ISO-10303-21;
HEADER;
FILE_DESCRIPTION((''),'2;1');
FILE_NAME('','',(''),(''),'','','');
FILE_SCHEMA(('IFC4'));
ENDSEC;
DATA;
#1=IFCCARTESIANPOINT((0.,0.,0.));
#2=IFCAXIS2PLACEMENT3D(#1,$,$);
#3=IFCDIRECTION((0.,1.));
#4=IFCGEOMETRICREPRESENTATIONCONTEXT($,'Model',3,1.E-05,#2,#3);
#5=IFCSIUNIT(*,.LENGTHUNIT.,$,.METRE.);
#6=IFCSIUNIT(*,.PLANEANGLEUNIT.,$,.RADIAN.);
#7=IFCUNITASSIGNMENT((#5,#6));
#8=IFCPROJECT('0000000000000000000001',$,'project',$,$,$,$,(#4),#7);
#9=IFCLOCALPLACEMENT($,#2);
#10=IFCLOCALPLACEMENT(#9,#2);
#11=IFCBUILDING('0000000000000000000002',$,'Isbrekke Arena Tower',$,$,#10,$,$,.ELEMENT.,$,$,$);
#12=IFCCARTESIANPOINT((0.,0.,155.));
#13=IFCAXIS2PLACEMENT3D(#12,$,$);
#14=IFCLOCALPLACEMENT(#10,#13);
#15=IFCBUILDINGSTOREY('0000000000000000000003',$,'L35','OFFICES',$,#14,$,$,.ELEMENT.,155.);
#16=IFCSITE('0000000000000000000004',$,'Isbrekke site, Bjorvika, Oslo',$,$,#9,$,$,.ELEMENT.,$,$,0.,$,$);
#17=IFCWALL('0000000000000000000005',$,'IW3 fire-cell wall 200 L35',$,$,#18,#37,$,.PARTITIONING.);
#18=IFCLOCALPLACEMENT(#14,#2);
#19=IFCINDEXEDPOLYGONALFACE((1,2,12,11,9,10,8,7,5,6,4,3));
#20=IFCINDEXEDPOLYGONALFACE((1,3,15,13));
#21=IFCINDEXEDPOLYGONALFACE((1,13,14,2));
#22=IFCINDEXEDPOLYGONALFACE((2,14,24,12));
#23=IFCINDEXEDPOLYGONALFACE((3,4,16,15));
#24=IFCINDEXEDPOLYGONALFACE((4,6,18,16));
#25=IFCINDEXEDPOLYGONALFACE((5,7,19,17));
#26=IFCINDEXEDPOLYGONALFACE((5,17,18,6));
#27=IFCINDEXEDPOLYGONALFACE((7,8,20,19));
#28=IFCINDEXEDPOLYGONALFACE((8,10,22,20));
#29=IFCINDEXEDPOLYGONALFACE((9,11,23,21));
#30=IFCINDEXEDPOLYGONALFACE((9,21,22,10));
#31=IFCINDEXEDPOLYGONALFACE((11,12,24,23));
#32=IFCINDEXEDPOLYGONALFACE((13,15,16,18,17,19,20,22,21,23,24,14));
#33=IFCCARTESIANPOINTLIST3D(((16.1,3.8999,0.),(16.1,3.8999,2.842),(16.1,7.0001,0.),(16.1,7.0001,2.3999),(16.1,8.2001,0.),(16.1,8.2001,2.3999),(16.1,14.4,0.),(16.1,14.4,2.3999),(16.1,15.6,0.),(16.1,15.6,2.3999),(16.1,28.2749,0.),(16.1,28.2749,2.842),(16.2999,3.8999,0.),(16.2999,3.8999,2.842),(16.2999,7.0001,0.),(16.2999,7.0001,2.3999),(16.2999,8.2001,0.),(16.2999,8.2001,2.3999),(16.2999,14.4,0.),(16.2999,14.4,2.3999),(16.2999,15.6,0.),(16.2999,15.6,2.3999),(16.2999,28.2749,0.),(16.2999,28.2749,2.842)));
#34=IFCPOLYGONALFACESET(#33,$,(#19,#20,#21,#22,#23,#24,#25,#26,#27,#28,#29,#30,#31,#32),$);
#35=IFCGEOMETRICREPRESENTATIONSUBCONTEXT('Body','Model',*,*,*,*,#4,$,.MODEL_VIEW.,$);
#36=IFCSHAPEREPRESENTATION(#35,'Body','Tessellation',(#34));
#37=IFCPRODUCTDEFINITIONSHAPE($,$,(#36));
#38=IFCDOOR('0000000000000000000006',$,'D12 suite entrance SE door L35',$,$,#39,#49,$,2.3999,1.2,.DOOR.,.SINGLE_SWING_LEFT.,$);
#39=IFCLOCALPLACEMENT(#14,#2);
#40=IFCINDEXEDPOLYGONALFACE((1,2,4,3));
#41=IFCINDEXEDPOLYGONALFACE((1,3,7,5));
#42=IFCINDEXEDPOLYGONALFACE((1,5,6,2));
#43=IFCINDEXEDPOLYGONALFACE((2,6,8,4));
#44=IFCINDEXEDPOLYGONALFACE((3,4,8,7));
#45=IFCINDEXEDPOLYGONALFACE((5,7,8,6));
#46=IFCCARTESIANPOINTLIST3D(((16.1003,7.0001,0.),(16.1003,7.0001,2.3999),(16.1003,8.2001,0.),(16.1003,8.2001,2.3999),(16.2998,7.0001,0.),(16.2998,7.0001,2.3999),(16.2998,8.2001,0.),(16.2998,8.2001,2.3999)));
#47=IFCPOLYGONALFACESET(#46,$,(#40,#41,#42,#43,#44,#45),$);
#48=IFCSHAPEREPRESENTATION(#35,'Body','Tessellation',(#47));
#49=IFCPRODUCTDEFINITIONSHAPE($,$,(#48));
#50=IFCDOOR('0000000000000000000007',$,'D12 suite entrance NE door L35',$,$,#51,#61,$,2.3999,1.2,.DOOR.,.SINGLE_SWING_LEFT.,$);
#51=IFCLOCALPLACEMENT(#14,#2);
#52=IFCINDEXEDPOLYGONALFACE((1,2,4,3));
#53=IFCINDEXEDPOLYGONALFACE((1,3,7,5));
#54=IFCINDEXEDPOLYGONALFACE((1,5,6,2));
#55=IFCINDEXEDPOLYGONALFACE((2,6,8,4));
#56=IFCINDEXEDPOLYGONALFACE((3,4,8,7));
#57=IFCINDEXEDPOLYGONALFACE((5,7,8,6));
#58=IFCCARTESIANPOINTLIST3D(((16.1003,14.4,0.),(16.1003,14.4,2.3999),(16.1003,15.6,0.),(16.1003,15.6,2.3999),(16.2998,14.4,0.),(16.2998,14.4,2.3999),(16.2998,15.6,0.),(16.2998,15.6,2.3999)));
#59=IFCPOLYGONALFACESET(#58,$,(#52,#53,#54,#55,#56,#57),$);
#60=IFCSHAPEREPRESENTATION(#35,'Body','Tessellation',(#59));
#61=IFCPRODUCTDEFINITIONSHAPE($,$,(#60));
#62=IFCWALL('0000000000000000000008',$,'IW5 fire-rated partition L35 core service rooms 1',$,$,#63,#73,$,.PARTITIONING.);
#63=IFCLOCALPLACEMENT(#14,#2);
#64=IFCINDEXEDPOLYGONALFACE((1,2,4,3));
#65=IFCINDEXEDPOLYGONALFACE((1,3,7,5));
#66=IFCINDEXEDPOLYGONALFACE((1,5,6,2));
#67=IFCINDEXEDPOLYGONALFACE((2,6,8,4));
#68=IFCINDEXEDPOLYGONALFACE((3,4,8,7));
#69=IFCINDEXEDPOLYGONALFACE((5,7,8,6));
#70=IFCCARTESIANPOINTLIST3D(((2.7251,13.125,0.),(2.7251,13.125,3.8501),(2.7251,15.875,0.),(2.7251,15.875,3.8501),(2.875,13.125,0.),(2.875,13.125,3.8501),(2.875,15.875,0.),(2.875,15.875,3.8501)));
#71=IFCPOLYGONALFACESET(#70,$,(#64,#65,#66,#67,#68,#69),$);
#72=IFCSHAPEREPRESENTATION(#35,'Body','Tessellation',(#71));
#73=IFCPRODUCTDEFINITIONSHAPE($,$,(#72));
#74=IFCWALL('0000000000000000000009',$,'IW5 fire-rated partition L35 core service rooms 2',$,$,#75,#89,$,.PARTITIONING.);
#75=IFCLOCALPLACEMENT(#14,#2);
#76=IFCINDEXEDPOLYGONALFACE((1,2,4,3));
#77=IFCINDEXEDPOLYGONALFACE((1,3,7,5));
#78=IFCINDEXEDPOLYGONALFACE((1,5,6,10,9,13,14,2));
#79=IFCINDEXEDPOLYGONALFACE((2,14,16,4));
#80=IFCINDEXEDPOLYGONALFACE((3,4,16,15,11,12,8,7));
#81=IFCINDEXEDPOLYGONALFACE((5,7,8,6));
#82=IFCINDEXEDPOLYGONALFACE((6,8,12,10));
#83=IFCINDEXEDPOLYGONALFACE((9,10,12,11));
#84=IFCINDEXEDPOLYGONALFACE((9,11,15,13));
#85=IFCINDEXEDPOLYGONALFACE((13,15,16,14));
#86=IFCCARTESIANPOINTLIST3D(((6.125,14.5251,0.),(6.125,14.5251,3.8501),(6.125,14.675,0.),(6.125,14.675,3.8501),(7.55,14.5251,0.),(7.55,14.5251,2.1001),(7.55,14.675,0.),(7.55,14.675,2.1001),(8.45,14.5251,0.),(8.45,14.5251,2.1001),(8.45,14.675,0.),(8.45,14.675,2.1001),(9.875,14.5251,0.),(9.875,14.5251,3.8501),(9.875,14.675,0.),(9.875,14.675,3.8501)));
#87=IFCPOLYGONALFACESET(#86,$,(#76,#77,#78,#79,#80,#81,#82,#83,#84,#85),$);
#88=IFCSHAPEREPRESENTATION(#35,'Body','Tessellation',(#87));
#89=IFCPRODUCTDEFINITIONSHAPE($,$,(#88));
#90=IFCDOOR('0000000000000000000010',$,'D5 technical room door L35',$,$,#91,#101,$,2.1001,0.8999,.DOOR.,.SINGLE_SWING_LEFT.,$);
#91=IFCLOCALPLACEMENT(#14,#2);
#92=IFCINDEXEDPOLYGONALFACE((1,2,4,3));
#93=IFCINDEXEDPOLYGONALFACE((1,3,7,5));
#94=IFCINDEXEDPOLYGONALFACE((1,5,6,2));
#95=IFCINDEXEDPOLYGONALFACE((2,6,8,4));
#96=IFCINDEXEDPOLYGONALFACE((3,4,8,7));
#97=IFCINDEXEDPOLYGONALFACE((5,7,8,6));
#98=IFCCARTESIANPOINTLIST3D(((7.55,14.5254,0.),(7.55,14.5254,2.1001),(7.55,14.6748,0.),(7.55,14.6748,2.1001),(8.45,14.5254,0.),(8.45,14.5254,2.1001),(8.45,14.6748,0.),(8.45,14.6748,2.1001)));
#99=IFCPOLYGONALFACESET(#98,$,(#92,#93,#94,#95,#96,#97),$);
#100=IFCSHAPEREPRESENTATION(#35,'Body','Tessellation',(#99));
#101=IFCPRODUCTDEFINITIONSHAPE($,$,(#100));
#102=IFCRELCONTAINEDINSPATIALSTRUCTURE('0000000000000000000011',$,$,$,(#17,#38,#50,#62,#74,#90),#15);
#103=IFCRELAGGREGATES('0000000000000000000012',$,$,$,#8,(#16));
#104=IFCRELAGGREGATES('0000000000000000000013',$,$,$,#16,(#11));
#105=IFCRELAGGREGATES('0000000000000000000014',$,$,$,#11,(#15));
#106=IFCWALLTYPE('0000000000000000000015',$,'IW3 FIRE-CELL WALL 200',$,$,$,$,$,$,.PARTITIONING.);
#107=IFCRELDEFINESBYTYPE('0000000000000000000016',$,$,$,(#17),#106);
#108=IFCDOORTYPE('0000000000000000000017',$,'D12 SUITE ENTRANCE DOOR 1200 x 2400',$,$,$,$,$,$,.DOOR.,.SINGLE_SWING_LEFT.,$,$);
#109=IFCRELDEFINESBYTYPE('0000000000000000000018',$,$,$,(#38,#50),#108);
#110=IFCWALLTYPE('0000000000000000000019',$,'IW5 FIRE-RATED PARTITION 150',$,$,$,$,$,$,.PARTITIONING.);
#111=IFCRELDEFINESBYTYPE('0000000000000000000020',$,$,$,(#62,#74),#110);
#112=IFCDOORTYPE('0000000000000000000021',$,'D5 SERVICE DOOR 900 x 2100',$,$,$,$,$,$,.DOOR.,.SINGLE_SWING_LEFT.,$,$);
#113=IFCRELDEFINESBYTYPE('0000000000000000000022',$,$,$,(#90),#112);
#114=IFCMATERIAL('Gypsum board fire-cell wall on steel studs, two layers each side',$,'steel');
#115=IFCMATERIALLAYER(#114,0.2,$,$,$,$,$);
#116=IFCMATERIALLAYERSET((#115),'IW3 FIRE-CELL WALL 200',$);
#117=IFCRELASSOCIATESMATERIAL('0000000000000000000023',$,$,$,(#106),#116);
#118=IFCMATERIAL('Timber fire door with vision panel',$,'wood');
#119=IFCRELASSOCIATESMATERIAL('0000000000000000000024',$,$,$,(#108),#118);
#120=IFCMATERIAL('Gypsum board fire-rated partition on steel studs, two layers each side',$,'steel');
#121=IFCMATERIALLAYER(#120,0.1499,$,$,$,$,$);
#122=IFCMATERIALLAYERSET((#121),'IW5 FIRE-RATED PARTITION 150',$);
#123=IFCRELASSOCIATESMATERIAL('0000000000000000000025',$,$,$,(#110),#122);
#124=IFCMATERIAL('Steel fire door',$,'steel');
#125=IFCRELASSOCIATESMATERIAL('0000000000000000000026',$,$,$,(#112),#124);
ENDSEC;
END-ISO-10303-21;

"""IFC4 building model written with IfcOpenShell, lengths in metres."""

from ifc_helpers import new_model, si_unit, direction, frame, frame_2d, origin, place, context, subcontext, project, spatial, rectangle, extrude, material, layer, layer_set, type_object, element, fill, save


model = new_model("IFC4")

# Units and contexts
model_context = context("Model", 3, precision=1e-05, world=origin(), true_north=direction((0.0, 1.0)))
body_context = subcontext(model_context, "Body", "Model", "MODEL_VIEW")
ifc_project = project(units=[si_unit("LENGTHUNIT", "METRE"), si_unit("PLANEANGLEUNIT", "RADIAN")], contexts=[model_context])

# Site, building, storey
site_placement = place(None, origin())
site = spatial("IfcSite", under=ifc_project, at=site_placement, Name="Isbrekke site, Bjorvika, Oslo", CompositionType="ELEMENT", RefElevation=0.0)
building_placement = place(site_placement, origin())
building = spatial("IfcBuilding", under=site, at=building_placement, Name="Isbrekke Arena Tower", CompositionType="ELEMENT")
storey_placement = place(building_placement, frame((0.0, 0.0, 155.0)))
storey = spatial("IfcBuildingStorey", under=building, at=storey_placement, Name="L35", Description="OFFICES", CompositionType="ELEMENT", Elevation=155.0)

# Shared definitions
ifc_material_1 = material(Name="Gypsum board fire-cell wall on steel studs, two layers each side", Category="steel")
ifc_layer_1 = layer(ifc_material_1, 0.2)
ifc_layer_set_1 = layer_set([ifc_layer_1], Name="IW3 FIRE-CELL WALL 200")
wall_type_1 = type_object("IfcWallType", Name="IW3 FIRE-CELL WALL 200", PredefinedType="PARTITIONING", material=ifc_layer_set_1)

# Wall, openings, doors
wall_1_placement = place(storey_placement, frame((16.2, 3.8999, 0.0), z_axis=(0.0, 0.0, 1.0), x_axis=(0.0, 1.0, 0.0)))
wall_1 = element("IfcWall", 1, at=wall_1_placement, inside=storey, type_object=wall_type_1, Name="IW3 fire-cell wall 200 L35", PredefinedType="PARTITIONING", context=body_context, shape_type="SweptSolid", body=[
    extrude(rectangle(XDim=24.375, YDim=0.2, at=frame_2d((12.1875, 0.0))), origin(), (0.0, 0.0, 1.0), 2.842),
])
opening_1_placement = place(wall_1_placement, frame((3.1001, 0.0, 0.0)))
opening_1 = element("IfcOpeningElement", 2, at=opening_1_placement, cuts=wall_1, PredefinedType="OPENING", context=body_context, shape_type="SweptSolid", body=[
    extrude(rectangle(XDim=1.2, YDim=2.3999, at=frame_2d((0.6001, 1.2))), frame((0.0, 0.1147, 0.0), z_axis=(0.0, -1.0, 0.0), x_axis=(1.0, 0.0, 0.0)), (0.0, 0.0, 1.0), 0.2297),
])
opening_2_placement = place(wall_1_placement, frame((10.5, 0.0, 0.0)))
opening_2 = element("IfcOpeningElement", 3, at=opening_2_placement, cuts=wall_1, PredefinedType="OPENING", context=body_context, shape_type="SweptSolid", body=[
    extrude(rectangle(XDim=1.2, YDim=2.3999, at=frame_2d((0.6001, 1.2))), frame((0.0, 0.1147, 0.0), z_axis=(0.0, -1.0, 0.0), x_axis=(1.0, 0.0, 0.0)), (0.0, 0.0, 1.0), 0.2297),
])
ifc_material_2 = material(Name="Timber fire door with vision panel", Category="wood")
door_type_1 = type_object("IfcDoorType", Name="D12 SUITE ENTRANCE DOOR 1200 x 2400", OperationType="SINGLE_SWING_LEFT", PredefinedType="DOOR", material=ifc_material_2)
door_1_placement = place(opening_1_placement, origin())
door_1 = element("IfcDoor", 4, at=door_1_placement, inside=storey, type_object=door_type_1, Name="D12 suite entrance SE door L35", OperationType="SINGLE_SWING_LEFT", OverallHeight=2.3999, OverallWidth=1.2, PredefinedType="DOOR", context=body_context, shape_type="SweptSolid", body=[
    extrude(rectangle(XDim=1.2, YDim=2.3999, at=frame_2d((0.6001, 1.2))), frame((0.0, 0.0996, 0.0), z_axis=(0.0, -1.0, 0.0), x_axis=(1.0, 0.0, 0.0)), (0.0, 0.0, 1.0), 0.1995),
])
fill(opening_1, door_1)
door_2_placement = place(opening_2_placement, origin())
door_2 = element("IfcDoor", 5, at=door_2_placement, inside=storey, type_object=door_type_1, Name="D12 suite entrance NE door L35", OperationType="SINGLE_SWING_LEFT", OverallHeight=2.3999, OverallWidth=1.2, PredefinedType="DOOR", context=body_context, shape_type="SweptSolid", body=[
    extrude(rectangle(XDim=1.2, YDim=2.3999, at=frame_2d((0.6001, 1.2))), frame((0.0, 0.0996, 0.0), z_axis=(0.0, -1.0, 0.0), x_axis=(1.0, 0.0, 0.0)), (0.0, 0.0, 1.0), 0.1995),
])
fill(opening_2, door_2)

# Wall
ifc_material_3 = material(Name="Gypsum board fire-rated partition on steel studs, two layers each side", Category="steel")
ifc_layer_2 = layer(ifc_material_3, 0.1499)
ifc_layer_set_2 = layer_set([ifc_layer_2], Name="IW5 FIRE-RATED PARTITION 150")
wall_type_2 = type_object("IfcWallType", Name="IW5 FIRE-RATED PARTITION 150", PredefinedType="PARTITIONING", material=ifc_layer_set_2)
wall_2_placement = place(storey_placement, frame((2.8, 13.125, 0.0), z_axis=(0.0, 0.0, 1.0), x_axis=(0.0, 1.0, 0.0)))
element("IfcWall", 6, at=wall_2_placement, inside=storey, type_object=wall_type_2, Name="IW5 fire-rated partition L35 core service rooms 1", PredefinedType="PARTITIONING", context=body_context, shape_type="SweptSolid", body=[
    extrude(rectangle(XDim=2.75, YDim=0.1499, at=frame_2d((1.375, 0.0))), origin(), (0.0, 0.0, 1.0), 3.8501),
])

# Wall, opening, door
wall_3_placement = place(storey_placement, frame((6.125, 14.6001, 0.0), z_axis=(0.0, 0.0, 1.0), x_axis=(1.0, 0.0, 0.0)))
wall_3 = element("IfcWall", 7, at=wall_3_placement, inside=storey, type_object=wall_type_2, Name="IW5 fire-rated partition L35 core service rooms 2", PredefinedType="PARTITIONING", context=body_context, shape_type="SweptSolid", body=[
    extrude(rectangle(XDim=3.75, YDim=0.1499, at=frame_2d((1.875, 0.0))), origin(), (0.0, 0.0, 1.0), 3.8501),
])
opening_3_placement = place(wall_3_placement, frame((1.425, 0.0, 0.0)))
opening_3 = element("IfcOpeningElement", 8, at=opening_3_placement, cuts=wall_3, PredefinedType="OPENING", context=body_context, shape_type="SweptSolid", body=[
    extrude(rectangle(XDim=0.8999, YDim=2.1001, at=frame_2d((0.45, 1.05))), frame((0.0, 0.0898, 0.0), z_axis=(0.0, -1.0, 0.0), x_axis=(1.0, 0.0, 0.0)), (0.0, 0.0, 1.0), 0.1797),
])
ifc_material_4 = material(Name="Steel fire door", Category="steel")
door_type_2 = type_object("IfcDoorType", Name="D5 SERVICE DOOR 900 x 2100", OperationType="SINGLE_SWING_LEFT", PredefinedType="DOOR", material=ifc_material_4)
door_3_placement = place(opening_3_placement, origin())
door_3 = element("IfcDoor", 9, at=door_3_placement, inside=storey, type_object=door_type_2, Name="D5 technical room door L35", OperationType="SINGLE_SWING_LEFT", OverallHeight=2.1001, OverallWidth=0.8999, PredefinedType="DOOR", context=body_context, shape_type="SweptSolid", body=[
    extrude(rectangle(XDim=0.8999, YDim=2.1001, at=frame_2d((0.45, 1.05))), frame((0.0, 0.0747, 0.0), z_axis=(0.0, -1.0, 0.0), x_axis=(1.0, 0.0, 0.0)), (0.0, 0.0, 1.0), 0.1494),
])
fill(opening_3, door_3)

save(model, "model.ifc")
